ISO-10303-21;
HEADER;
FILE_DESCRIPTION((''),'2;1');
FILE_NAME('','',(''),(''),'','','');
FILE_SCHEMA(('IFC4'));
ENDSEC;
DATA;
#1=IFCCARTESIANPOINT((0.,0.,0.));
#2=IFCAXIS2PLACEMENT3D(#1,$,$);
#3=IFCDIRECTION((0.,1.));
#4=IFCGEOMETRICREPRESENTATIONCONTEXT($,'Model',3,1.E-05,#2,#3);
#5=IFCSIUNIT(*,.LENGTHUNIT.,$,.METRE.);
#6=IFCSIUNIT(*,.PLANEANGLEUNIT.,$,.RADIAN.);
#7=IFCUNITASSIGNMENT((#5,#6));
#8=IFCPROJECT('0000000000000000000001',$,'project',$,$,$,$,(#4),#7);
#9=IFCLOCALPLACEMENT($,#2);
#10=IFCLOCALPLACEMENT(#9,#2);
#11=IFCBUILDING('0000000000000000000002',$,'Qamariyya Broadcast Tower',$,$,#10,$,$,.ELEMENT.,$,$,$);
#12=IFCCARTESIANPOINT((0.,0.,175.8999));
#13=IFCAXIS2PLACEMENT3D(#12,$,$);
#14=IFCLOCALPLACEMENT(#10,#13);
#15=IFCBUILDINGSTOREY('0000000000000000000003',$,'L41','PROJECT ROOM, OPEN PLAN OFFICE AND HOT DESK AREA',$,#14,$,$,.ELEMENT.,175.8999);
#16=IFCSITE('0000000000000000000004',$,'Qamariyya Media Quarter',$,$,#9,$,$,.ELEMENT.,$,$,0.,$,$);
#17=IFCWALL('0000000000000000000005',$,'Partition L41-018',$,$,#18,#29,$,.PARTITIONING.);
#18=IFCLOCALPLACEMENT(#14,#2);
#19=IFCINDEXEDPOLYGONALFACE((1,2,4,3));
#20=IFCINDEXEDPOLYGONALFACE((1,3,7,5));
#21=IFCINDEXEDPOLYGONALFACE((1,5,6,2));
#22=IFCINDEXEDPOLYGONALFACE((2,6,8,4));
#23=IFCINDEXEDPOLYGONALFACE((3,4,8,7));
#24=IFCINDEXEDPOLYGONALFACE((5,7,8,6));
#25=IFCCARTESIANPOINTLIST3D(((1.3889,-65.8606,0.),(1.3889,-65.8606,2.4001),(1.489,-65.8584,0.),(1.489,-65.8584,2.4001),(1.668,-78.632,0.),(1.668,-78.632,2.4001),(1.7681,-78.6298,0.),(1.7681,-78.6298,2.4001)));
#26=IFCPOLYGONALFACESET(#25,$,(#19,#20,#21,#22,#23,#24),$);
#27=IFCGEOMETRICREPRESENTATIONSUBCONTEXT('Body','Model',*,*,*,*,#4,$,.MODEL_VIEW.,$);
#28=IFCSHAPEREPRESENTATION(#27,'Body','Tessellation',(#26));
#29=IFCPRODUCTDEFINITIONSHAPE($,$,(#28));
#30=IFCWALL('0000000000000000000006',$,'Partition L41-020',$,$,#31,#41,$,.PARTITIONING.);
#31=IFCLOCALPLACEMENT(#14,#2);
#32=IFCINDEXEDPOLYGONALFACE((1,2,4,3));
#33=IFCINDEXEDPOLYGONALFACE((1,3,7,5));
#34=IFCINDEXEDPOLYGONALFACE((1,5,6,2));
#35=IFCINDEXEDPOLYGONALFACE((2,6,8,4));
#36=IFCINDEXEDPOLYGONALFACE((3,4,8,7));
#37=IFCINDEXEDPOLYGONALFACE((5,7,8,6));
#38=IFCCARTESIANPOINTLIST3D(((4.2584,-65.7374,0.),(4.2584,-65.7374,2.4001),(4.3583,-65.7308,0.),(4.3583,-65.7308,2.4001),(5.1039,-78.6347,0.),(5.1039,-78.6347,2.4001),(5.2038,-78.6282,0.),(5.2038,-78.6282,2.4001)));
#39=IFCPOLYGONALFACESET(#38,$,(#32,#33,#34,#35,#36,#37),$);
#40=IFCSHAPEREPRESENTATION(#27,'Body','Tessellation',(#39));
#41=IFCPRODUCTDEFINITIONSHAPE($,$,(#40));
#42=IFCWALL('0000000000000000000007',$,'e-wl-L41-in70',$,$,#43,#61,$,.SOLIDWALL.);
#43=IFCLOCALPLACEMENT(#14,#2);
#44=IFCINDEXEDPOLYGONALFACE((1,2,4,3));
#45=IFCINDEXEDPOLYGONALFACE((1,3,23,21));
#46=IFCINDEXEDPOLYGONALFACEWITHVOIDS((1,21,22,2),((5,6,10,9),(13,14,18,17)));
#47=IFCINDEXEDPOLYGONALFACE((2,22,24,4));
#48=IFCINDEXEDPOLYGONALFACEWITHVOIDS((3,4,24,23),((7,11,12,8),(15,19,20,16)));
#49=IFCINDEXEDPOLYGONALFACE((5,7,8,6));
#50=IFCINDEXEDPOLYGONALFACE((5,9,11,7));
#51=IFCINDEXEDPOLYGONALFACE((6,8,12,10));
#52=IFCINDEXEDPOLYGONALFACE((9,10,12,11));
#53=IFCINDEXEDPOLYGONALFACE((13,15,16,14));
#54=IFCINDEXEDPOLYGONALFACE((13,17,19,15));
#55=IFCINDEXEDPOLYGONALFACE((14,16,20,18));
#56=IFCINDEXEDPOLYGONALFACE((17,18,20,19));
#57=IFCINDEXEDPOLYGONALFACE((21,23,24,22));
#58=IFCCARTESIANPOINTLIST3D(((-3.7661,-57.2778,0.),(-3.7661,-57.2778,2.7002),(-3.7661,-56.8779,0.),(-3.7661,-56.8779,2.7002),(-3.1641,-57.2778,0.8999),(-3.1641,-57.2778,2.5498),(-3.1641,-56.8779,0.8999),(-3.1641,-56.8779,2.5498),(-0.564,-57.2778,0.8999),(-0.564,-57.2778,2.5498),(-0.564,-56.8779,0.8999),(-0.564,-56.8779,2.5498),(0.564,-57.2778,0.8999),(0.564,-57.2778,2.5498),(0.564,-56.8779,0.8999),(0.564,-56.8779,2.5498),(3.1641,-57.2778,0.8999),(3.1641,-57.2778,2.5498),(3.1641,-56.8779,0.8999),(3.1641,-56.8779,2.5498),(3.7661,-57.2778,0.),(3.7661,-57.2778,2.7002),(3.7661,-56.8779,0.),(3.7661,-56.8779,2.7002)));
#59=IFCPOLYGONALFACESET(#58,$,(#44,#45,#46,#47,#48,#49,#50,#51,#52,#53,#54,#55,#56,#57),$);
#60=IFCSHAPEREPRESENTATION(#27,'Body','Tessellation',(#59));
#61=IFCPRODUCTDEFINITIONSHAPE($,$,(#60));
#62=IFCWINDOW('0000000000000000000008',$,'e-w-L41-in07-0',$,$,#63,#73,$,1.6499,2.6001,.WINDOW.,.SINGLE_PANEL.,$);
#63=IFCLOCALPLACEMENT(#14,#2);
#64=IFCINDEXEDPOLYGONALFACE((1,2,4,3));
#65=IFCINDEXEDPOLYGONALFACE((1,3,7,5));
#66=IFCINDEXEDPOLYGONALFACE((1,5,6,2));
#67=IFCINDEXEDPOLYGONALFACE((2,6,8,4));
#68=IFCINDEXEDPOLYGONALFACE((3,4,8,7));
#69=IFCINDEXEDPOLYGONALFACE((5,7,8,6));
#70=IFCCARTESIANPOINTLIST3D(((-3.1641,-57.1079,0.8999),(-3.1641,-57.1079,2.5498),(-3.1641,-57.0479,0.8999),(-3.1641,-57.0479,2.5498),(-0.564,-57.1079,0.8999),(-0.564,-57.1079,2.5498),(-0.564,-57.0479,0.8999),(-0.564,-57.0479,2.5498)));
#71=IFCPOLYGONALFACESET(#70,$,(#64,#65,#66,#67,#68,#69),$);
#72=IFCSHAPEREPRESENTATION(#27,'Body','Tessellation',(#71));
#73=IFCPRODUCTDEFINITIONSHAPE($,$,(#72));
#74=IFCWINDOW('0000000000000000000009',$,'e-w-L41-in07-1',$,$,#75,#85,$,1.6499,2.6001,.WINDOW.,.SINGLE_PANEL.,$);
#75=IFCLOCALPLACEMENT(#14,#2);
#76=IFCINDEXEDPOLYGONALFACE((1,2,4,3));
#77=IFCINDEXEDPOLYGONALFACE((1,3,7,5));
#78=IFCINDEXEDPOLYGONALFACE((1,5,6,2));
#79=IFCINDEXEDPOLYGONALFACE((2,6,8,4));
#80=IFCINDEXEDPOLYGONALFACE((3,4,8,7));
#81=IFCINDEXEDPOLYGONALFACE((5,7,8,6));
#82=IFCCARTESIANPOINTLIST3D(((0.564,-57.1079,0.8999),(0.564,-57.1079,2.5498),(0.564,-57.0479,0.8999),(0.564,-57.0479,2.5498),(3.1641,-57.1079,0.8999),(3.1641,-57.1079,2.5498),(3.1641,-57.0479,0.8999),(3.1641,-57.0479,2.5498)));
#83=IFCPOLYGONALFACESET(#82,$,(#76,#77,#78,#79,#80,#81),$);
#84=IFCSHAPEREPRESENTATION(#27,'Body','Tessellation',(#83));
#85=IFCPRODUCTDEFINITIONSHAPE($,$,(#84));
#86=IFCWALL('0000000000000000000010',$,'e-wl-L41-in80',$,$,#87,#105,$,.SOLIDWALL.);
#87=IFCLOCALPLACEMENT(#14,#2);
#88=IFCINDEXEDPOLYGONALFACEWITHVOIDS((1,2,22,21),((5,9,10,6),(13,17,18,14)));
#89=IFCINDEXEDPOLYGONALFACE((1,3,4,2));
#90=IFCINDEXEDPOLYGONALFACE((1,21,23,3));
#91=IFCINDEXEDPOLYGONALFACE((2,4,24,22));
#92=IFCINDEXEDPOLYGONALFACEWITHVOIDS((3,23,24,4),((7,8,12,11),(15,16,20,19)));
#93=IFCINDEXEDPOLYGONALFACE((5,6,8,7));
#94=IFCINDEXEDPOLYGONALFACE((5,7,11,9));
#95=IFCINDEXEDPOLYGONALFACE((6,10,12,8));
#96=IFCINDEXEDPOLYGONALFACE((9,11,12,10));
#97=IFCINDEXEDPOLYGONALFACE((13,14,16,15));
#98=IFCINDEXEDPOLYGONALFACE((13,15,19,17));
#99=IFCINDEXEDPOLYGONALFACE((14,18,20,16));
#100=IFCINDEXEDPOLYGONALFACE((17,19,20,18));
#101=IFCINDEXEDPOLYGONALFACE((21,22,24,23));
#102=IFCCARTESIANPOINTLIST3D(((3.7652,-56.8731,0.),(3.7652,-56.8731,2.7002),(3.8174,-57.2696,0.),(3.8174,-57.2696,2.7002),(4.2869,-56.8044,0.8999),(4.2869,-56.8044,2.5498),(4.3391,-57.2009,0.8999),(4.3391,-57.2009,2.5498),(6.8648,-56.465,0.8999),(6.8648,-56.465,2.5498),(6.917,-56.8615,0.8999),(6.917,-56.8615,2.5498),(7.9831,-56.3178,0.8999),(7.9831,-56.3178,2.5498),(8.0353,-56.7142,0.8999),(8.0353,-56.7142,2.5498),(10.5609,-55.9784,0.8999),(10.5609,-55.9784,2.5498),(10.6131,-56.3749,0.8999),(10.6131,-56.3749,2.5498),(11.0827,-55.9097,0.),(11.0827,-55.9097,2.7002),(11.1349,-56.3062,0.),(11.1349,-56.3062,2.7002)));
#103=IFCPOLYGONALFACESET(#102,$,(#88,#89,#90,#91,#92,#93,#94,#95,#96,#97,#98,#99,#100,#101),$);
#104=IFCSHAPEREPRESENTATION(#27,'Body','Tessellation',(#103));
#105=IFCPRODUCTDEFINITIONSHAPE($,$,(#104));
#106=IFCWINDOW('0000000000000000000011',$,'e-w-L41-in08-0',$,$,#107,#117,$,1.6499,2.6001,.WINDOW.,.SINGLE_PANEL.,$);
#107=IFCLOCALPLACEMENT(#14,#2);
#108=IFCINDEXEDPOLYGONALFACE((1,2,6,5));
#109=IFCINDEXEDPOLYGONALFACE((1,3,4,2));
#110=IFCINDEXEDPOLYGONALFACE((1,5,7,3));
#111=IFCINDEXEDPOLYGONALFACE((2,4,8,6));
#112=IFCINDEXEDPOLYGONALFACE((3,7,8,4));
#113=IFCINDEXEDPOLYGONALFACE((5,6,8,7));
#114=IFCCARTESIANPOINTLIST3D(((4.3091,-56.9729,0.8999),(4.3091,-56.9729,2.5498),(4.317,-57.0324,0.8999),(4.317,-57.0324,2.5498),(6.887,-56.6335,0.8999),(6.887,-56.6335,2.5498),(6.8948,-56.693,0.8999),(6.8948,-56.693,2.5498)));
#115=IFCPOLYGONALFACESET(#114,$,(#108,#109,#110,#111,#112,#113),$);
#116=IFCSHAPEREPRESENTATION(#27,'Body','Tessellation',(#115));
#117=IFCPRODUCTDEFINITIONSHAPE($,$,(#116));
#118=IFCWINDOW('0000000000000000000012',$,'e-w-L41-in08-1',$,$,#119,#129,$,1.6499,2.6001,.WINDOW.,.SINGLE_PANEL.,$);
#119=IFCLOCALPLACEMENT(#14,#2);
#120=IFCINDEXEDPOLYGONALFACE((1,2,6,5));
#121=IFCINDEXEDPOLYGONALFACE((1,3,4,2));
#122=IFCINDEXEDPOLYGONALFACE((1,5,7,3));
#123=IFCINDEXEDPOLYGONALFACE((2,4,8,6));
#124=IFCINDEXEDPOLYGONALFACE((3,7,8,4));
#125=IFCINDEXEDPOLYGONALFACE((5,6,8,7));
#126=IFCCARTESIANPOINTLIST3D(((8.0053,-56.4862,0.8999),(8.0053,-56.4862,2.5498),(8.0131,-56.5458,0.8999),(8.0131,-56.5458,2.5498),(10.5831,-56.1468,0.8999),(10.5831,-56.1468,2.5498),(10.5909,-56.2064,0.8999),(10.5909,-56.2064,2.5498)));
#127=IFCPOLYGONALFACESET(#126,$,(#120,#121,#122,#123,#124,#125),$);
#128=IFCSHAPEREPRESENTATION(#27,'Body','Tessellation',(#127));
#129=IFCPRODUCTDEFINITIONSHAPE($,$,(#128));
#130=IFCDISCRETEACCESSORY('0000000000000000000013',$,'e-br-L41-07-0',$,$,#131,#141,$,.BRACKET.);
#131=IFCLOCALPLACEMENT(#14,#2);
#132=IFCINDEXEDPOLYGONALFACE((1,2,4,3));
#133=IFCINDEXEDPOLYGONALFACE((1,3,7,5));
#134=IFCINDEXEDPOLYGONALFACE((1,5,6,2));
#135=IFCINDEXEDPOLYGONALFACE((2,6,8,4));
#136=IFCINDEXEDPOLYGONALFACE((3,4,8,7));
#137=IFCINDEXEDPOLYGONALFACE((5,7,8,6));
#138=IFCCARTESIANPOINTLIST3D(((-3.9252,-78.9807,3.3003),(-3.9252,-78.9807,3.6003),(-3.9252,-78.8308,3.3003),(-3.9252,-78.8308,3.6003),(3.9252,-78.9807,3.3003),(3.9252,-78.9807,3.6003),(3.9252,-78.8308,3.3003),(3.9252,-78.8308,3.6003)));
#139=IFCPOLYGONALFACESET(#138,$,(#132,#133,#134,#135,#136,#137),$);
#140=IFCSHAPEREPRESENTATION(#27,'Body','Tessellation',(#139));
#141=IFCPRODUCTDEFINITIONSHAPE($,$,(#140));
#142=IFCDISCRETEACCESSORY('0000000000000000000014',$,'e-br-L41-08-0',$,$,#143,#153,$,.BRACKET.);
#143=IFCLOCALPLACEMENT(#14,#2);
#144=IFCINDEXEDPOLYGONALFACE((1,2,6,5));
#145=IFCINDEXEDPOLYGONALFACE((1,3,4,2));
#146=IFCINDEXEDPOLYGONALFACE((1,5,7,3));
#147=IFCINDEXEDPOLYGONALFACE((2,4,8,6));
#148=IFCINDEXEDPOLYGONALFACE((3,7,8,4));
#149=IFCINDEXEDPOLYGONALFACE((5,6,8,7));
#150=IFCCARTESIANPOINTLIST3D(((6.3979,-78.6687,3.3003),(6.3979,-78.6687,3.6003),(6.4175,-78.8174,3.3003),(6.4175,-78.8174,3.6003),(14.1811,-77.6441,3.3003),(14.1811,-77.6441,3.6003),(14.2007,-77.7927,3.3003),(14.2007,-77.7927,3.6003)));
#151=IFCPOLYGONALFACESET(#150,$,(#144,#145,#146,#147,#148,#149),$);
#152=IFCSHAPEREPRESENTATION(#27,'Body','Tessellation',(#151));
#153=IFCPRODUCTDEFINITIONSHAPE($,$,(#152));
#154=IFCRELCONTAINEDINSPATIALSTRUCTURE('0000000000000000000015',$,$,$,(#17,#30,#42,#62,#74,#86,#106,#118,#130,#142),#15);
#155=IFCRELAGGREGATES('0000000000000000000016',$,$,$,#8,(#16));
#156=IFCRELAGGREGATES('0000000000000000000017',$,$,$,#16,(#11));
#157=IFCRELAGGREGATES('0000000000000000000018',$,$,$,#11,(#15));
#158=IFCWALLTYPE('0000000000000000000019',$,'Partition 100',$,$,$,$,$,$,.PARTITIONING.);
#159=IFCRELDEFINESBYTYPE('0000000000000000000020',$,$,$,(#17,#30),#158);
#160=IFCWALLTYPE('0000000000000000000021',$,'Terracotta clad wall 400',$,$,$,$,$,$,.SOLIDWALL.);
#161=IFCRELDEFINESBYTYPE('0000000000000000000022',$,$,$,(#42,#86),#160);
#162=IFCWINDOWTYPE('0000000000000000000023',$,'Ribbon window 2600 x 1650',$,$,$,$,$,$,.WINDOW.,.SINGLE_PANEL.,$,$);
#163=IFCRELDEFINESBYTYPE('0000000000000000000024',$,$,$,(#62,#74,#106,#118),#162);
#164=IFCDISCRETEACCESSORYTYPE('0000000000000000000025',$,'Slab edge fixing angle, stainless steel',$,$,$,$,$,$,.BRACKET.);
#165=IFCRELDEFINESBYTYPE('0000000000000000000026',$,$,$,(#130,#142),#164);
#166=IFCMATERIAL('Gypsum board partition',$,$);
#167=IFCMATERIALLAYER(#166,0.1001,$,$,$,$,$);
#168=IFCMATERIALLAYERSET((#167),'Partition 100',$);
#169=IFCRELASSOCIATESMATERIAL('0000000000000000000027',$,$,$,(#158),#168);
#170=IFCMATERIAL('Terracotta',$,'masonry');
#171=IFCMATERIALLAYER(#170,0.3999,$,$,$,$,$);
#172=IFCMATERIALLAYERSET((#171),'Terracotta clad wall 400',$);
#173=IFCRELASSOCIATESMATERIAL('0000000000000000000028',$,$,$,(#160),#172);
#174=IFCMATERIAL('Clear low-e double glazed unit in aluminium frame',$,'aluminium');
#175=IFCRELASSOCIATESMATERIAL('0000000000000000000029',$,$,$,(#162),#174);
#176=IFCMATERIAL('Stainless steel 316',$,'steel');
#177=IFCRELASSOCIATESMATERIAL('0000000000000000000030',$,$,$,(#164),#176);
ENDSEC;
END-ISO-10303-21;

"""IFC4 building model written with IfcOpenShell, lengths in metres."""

from ifc_helpers import new_model, si_unit, direction, frame, frame_2d, origin, origin_2d, place, context, subcontext, project, spatial, rectangle, extrude, material, layer, layer_set, type_object, element, fill, save


model = new_model("IFC4")

# Units and contexts
model_context = context("Model", 3, precision=1e-05, world=origin(), true_north=direction((0.0, 1.0)))
body_context = subcontext(model_context, "Body", "Model", "MODEL_VIEW")
ifc_project = project(units=[si_unit("LENGTHUNIT", "METRE"), si_unit("PLANEANGLEUNIT", "RADIAN")], contexts=[model_context])

# Site, building, storey
site_placement = place(None, origin())
site = spatial("IfcSite", under=ifc_project, at=site_placement, Name="Qamariyya Media Quarter", CompositionType="ELEMENT", RefElevation=0.0)
building_placement = place(site_placement, origin())
building = spatial("IfcBuilding", under=site, at=building_placement, Name="Qamariyya Broadcast Tower", CompositionType="ELEMENT")
storey_placement = place(building_placement, frame((0.0, 0.0, 175.8999)))
storey = spatial("IfcBuildingStorey", under=building, at=storey_placement, Name="L41", Description="PROJECT ROOM, OPEN PLAN OFFICE AND HOT DESK AREA", CompositionType="ELEMENT", Elevation=175.8999)

# Shared definitions
ifc_material_1 = material(Name="Gypsum board partition")

# Walls
ifc_layer_1 = layer(ifc_material_1, 0.1001)
ifc_layer_set_1 = layer_set([ifc_layer_1], Name="Partition 100")
wall_type_1 = type_object("IfcWallType", Name="Partition 100", PredefinedType="PARTITIONING", material=ifc_layer_set_1)
wall_1_placement = place(storey_placement, frame((1.718, -78.6309, 0.0), z_axis=(0.0, 0.0, 1.0), x_axis=(-0.021844, 0.999761, 0.0)))
element("IfcWall", 1, at=wall_1_placement, inside=storey, type_object=wall_type_1, Name="Partition L41-018", PredefinedType="PARTITIONING", context=body_context, shape_type="SweptSolid", body=[
    extrude(rectangle(XDim=12.7744, YDim=0.1001, at=frame_2d((6.3872, 0.0))), origin(), (0.0, 0.0, 1.0), 2.4001),
])
wall_2_placement = place(storey_placement, frame((5.1538, -78.6313, 0.0), z_axis=(0.0, 0.0, 1.0), x_axis=(-0.065412, 0.997858, 0.0)))
element("IfcWall", 2, at=wall_2_placement, inside=storey, type_object=wall_type_1, Name="Partition L41-020", PredefinedType="PARTITIONING", context=body_context, shape_type="SweptSolid", body=[
    extrude(rectangle(XDim=12.925, YDim=0.1001, at=frame_2d((6.4624, 0.0))), origin(), (0.0, 0.0, 1.0), 2.4001),
])

# Walls, openings, windows
ifc_material_2 = material(Name="Terracotta", Category="masonry")
ifc_layer_2 = layer(ifc_material_2, 0.3999)
ifc_layer_set_2 = layer_set([ifc_layer_2], Name="Terracotta clad wall 400")
wall_type_2 = type_object("IfcWallType", Name="Terracotta clad wall 400", PredefinedType="SOLIDWALL", material=ifc_layer_set_2)
wall_3_placement = place(storey_placement, frame((3.7661, -57.0779, 0.0), z_axis=(0.0, 0.0, 1.0), x_axis=(-1.0, 0.0, 0.0)))
wall_3 = element("IfcWall", 3, at=wall_3_placement, inside=storey, type_object=wall_type_2, Name="e-wl-L41-in70", PredefinedType="SOLIDWALL", context=body_context, shape_type="SweptSolid", body=[
    extrude(rectangle(XDim=7.5322, YDim=0.3999, at=frame_2d((3.7661, 0.0))), origin(), (0.0, 0.0, 1.0), 2.7002),
])
opening_1_placement = place(wall_3_placement, frame((4.3301, 0.0, 0.8999)))
opening_1 = element("IfcOpeningElement", 4, at=opening_1_placement, cuts=wall_3, PredefinedType="OPENING", context=body_context, shape_type="SweptSolid", body=[
    extrude(rectangle(XDim=2.6001, YDim=1.6499, at=frame_2d((1.3, 0.825))), frame((0.0, 0.21, 0.0), z_axis=(0.0, -1.0, 0.0), x_axis=(1.0, 0.0, 0.0)), (0.0, 0.0, 1.0), 0.4199),
])
opening_2_placement = place(wall_3_placement, frame((0.6021, 0.0, 0.8999)))
opening_2 = element("IfcOpeningElement", 5, at=opening_2_placement, cuts=wall_3, PredefinedType="OPENING", context=body_context, shape_type="SweptSolid", body=[
    extrude(rectangle(XDim=2.6001, YDim=1.6499, at=frame_2d((1.3, 0.825))), frame((0.0, 0.21, 0.0), z_axis=(0.0, -1.0, 0.0), x_axis=(1.0, 0.0, 0.0)), (0.0, 0.0, 1.0), 0.4199),
])
ifc_material_3 = material(Name="Clear low-e double glazed unit in aluminium frame", Category="aluminium")
window_type = type_object("IfcWindowType", Name="Ribbon window 2600 x 1650", PartitioningType="SINGLE_PANEL", PredefinedType="WINDOW", material=ifc_material_3)
window_1_placement = place(opening_1_placement, origin())
window_1 = element("IfcWindow", 6, at=window_1_placement, inside=storey, type_object=window_type, Name="e-w-L41-in07-0", OverallHeight=1.6499, OverallWidth=2.6001, PartitioningType="SINGLE_PANEL", PredefinedType="WINDOW", context=body_context, shape_type="SweptSolid", body=[
    extrude(rectangle(XDim=2.6001, YDim=1.6499, at=frame_2d((1.3, 0.825))), frame((0.0, 0.03, 0.0), z_axis=(0.0, -1.0, 0.0), x_axis=(1.0, 0.0, 0.0)), (0.0, 0.0, 1.0), 0.0601),
])
fill(opening_1, window_1)
window_2_placement = place(opening_2_placement, origin())
window_2 = element("IfcWindow", 7, at=window_2_placement, inside=storey, type_object=window_type, Name="e-w-L41-in07-1", OverallHeight=1.6499, OverallWidth=2.6001, PartitioningType="SINGLE_PANEL", PredefinedType="WINDOW", context=body_context, shape_type="SweptSolid", body=[
    extrude(rectangle(XDim=2.6001, YDim=1.6499, at=frame_2d((1.3, 0.825))), frame((0.0, 0.03, 0.0), z_axis=(0.0, -1.0, 0.0), x_axis=(1.0, 0.0, 0.0)), (0.0, 0.0, 1.0), 0.0601),
])
fill(opening_2, window_2)
wall_4_placement = place(storey_placement, frame((11.1089, -56.1079, 0.0), z_axis=(0.0, 0.0, 1.0), x_axis=(-0.991444, -0.13053, 0.0)))
wall_4 = element("IfcWall", 8, at=wall_4_placement, inside=storey, type_object=wall_type_2, Name="e-wl-L41-in80", PredefinedType="SOLIDWALL", context=body_context, shape_type="SweptSolid", body=[
    extrude(rectangle(XDim=7.3806, YDim=0.3999, at=frame_2d((3.6904, 0.0))), origin(), (0.0, 0.0, 1.0), 2.7002),
])
opening_3_placement = place(wall_4_placement, frame((4.2544, 0.0, 0.8999)))
opening_3 = element("IfcOpeningElement", 9, at=opening_3_placement, cuts=wall_4, PredefinedType="OPENING", context=body_context, shape_type="SweptSolid", body=[
    extrude(rectangle(XDim=2.6001, YDim=1.6499, at=frame_2d((1.3, 0.825))), frame((0.0, 0.21, 0.0), z_axis=(0.0, -1.0, 0.0), x_axis=(1.0, 0.0, 0.0)), (0.0, 0.0, 1.0), 0.4199),
])
opening_4_placement = place(wall_4_placement, frame((0.5264, 0.0, 0.8999)))
opening_4 = element("IfcOpeningElement", 10, at=opening_4_placement, cuts=wall_4, PredefinedType="OPENING", context=body_context, shape_type="SweptSolid", body=[
    extrude(rectangle(XDim=2.6001, YDim=1.6499, at=frame_2d((1.3, 0.825))), frame((0.0, 0.21, 0.0), z_axis=(0.0, -1.0, 0.0), x_axis=(1.0, 0.0, 0.0)), (0.0, 0.0, 1.0), 0.4199),
])
window_3_placement = place(opening_3_placement, origin())
window_3 = element("IfcWindow", 11, at=window_3_placement, inside=storey, type_object=window_type, Name="e-w-L41-in08-0", OverallHeight=1.6499, OverallWidth=2.6001, PartitioningType="SINGLE_PANEL", PredefinedType="WINDOW", context=body_context, shape_type="SweptSolid", body=[
    extrude(rectangle(XDim=2.6001, YDim=1.6499, at=frame_2d((1.3, 0.825))), frame((0.0, 0.03, 0.0), z_axis=(0.0, -1.0, 0.0), x_axis=(1.0, 0.0, 0.0)), (0.0, 0.0, 1.0), 0.0601),
])
fill(opening_3, window_3)
window_4_placement = place(opening_4_placement, origin())
window_4 = element("IfcWindow", 12, at=window_4_placement, inside=storey, type_object=window_type, Name="e-w-L41-in08-1", OverallHeight=1.6499, OverallWidth=2.6001, PartitioningType="SINGLE_PANEL", PredefinedType="WINDOW", context=body_context, shape_type="SweptSolid", body=[
    extrude(rectangle(XDim=2.6001, YDim=1.6499, at=frame_2d((1.3, 0.825))), frame((0.0, 0.03, 0.0), z_axis=(0.0, -1.0, 0.0), x_axis=(1.0, 0.0, 0.0)), (0.0, 0.0, 1.0), 0.0601),
])
fill(opening_4, window_4)

# Discrete accessories
ifc_material_4 = material(Name="Stainless steel 316", Category="steel")
discrete_accessory_type = type_object("IfcDiscreteAccessoryType", Name="Slab edge fixing angle, stainless steel", PredefinedType="BRACKET", material=ifc_material_4)
for number, where, z_axis, x_axis, name in (
    (13, (0.0, -78.9058, 3.3003), (0.0, 0.0, 1.0), (1.0, 0.0, 0.0), "e-br-L41-07-0"),
    (14, (10.2993, -78.2307, 3.3003), (0.0, 0.0, 1.0), (0.991445, 0.130526, 0.0), "e-br-L41-08-0"),
):
    element("IfcDiscreteAccessory", number, at=place(storey_placement, frame(where, z_axis=z_axis, x_axis=x_axis)), inside=storey, type_object=discrete_accessory_type, Name=name, PredefinedType="BRACKET", context=body_context, shape_type="SweptSolid", body=[
        extrude(rectangle(XDim=7.8503, YDim=0.1499, at=origin_2d()), origin(), (0.0, 0.0, 1.0), 0.3),
    ])

save(model, "model.ifc")
